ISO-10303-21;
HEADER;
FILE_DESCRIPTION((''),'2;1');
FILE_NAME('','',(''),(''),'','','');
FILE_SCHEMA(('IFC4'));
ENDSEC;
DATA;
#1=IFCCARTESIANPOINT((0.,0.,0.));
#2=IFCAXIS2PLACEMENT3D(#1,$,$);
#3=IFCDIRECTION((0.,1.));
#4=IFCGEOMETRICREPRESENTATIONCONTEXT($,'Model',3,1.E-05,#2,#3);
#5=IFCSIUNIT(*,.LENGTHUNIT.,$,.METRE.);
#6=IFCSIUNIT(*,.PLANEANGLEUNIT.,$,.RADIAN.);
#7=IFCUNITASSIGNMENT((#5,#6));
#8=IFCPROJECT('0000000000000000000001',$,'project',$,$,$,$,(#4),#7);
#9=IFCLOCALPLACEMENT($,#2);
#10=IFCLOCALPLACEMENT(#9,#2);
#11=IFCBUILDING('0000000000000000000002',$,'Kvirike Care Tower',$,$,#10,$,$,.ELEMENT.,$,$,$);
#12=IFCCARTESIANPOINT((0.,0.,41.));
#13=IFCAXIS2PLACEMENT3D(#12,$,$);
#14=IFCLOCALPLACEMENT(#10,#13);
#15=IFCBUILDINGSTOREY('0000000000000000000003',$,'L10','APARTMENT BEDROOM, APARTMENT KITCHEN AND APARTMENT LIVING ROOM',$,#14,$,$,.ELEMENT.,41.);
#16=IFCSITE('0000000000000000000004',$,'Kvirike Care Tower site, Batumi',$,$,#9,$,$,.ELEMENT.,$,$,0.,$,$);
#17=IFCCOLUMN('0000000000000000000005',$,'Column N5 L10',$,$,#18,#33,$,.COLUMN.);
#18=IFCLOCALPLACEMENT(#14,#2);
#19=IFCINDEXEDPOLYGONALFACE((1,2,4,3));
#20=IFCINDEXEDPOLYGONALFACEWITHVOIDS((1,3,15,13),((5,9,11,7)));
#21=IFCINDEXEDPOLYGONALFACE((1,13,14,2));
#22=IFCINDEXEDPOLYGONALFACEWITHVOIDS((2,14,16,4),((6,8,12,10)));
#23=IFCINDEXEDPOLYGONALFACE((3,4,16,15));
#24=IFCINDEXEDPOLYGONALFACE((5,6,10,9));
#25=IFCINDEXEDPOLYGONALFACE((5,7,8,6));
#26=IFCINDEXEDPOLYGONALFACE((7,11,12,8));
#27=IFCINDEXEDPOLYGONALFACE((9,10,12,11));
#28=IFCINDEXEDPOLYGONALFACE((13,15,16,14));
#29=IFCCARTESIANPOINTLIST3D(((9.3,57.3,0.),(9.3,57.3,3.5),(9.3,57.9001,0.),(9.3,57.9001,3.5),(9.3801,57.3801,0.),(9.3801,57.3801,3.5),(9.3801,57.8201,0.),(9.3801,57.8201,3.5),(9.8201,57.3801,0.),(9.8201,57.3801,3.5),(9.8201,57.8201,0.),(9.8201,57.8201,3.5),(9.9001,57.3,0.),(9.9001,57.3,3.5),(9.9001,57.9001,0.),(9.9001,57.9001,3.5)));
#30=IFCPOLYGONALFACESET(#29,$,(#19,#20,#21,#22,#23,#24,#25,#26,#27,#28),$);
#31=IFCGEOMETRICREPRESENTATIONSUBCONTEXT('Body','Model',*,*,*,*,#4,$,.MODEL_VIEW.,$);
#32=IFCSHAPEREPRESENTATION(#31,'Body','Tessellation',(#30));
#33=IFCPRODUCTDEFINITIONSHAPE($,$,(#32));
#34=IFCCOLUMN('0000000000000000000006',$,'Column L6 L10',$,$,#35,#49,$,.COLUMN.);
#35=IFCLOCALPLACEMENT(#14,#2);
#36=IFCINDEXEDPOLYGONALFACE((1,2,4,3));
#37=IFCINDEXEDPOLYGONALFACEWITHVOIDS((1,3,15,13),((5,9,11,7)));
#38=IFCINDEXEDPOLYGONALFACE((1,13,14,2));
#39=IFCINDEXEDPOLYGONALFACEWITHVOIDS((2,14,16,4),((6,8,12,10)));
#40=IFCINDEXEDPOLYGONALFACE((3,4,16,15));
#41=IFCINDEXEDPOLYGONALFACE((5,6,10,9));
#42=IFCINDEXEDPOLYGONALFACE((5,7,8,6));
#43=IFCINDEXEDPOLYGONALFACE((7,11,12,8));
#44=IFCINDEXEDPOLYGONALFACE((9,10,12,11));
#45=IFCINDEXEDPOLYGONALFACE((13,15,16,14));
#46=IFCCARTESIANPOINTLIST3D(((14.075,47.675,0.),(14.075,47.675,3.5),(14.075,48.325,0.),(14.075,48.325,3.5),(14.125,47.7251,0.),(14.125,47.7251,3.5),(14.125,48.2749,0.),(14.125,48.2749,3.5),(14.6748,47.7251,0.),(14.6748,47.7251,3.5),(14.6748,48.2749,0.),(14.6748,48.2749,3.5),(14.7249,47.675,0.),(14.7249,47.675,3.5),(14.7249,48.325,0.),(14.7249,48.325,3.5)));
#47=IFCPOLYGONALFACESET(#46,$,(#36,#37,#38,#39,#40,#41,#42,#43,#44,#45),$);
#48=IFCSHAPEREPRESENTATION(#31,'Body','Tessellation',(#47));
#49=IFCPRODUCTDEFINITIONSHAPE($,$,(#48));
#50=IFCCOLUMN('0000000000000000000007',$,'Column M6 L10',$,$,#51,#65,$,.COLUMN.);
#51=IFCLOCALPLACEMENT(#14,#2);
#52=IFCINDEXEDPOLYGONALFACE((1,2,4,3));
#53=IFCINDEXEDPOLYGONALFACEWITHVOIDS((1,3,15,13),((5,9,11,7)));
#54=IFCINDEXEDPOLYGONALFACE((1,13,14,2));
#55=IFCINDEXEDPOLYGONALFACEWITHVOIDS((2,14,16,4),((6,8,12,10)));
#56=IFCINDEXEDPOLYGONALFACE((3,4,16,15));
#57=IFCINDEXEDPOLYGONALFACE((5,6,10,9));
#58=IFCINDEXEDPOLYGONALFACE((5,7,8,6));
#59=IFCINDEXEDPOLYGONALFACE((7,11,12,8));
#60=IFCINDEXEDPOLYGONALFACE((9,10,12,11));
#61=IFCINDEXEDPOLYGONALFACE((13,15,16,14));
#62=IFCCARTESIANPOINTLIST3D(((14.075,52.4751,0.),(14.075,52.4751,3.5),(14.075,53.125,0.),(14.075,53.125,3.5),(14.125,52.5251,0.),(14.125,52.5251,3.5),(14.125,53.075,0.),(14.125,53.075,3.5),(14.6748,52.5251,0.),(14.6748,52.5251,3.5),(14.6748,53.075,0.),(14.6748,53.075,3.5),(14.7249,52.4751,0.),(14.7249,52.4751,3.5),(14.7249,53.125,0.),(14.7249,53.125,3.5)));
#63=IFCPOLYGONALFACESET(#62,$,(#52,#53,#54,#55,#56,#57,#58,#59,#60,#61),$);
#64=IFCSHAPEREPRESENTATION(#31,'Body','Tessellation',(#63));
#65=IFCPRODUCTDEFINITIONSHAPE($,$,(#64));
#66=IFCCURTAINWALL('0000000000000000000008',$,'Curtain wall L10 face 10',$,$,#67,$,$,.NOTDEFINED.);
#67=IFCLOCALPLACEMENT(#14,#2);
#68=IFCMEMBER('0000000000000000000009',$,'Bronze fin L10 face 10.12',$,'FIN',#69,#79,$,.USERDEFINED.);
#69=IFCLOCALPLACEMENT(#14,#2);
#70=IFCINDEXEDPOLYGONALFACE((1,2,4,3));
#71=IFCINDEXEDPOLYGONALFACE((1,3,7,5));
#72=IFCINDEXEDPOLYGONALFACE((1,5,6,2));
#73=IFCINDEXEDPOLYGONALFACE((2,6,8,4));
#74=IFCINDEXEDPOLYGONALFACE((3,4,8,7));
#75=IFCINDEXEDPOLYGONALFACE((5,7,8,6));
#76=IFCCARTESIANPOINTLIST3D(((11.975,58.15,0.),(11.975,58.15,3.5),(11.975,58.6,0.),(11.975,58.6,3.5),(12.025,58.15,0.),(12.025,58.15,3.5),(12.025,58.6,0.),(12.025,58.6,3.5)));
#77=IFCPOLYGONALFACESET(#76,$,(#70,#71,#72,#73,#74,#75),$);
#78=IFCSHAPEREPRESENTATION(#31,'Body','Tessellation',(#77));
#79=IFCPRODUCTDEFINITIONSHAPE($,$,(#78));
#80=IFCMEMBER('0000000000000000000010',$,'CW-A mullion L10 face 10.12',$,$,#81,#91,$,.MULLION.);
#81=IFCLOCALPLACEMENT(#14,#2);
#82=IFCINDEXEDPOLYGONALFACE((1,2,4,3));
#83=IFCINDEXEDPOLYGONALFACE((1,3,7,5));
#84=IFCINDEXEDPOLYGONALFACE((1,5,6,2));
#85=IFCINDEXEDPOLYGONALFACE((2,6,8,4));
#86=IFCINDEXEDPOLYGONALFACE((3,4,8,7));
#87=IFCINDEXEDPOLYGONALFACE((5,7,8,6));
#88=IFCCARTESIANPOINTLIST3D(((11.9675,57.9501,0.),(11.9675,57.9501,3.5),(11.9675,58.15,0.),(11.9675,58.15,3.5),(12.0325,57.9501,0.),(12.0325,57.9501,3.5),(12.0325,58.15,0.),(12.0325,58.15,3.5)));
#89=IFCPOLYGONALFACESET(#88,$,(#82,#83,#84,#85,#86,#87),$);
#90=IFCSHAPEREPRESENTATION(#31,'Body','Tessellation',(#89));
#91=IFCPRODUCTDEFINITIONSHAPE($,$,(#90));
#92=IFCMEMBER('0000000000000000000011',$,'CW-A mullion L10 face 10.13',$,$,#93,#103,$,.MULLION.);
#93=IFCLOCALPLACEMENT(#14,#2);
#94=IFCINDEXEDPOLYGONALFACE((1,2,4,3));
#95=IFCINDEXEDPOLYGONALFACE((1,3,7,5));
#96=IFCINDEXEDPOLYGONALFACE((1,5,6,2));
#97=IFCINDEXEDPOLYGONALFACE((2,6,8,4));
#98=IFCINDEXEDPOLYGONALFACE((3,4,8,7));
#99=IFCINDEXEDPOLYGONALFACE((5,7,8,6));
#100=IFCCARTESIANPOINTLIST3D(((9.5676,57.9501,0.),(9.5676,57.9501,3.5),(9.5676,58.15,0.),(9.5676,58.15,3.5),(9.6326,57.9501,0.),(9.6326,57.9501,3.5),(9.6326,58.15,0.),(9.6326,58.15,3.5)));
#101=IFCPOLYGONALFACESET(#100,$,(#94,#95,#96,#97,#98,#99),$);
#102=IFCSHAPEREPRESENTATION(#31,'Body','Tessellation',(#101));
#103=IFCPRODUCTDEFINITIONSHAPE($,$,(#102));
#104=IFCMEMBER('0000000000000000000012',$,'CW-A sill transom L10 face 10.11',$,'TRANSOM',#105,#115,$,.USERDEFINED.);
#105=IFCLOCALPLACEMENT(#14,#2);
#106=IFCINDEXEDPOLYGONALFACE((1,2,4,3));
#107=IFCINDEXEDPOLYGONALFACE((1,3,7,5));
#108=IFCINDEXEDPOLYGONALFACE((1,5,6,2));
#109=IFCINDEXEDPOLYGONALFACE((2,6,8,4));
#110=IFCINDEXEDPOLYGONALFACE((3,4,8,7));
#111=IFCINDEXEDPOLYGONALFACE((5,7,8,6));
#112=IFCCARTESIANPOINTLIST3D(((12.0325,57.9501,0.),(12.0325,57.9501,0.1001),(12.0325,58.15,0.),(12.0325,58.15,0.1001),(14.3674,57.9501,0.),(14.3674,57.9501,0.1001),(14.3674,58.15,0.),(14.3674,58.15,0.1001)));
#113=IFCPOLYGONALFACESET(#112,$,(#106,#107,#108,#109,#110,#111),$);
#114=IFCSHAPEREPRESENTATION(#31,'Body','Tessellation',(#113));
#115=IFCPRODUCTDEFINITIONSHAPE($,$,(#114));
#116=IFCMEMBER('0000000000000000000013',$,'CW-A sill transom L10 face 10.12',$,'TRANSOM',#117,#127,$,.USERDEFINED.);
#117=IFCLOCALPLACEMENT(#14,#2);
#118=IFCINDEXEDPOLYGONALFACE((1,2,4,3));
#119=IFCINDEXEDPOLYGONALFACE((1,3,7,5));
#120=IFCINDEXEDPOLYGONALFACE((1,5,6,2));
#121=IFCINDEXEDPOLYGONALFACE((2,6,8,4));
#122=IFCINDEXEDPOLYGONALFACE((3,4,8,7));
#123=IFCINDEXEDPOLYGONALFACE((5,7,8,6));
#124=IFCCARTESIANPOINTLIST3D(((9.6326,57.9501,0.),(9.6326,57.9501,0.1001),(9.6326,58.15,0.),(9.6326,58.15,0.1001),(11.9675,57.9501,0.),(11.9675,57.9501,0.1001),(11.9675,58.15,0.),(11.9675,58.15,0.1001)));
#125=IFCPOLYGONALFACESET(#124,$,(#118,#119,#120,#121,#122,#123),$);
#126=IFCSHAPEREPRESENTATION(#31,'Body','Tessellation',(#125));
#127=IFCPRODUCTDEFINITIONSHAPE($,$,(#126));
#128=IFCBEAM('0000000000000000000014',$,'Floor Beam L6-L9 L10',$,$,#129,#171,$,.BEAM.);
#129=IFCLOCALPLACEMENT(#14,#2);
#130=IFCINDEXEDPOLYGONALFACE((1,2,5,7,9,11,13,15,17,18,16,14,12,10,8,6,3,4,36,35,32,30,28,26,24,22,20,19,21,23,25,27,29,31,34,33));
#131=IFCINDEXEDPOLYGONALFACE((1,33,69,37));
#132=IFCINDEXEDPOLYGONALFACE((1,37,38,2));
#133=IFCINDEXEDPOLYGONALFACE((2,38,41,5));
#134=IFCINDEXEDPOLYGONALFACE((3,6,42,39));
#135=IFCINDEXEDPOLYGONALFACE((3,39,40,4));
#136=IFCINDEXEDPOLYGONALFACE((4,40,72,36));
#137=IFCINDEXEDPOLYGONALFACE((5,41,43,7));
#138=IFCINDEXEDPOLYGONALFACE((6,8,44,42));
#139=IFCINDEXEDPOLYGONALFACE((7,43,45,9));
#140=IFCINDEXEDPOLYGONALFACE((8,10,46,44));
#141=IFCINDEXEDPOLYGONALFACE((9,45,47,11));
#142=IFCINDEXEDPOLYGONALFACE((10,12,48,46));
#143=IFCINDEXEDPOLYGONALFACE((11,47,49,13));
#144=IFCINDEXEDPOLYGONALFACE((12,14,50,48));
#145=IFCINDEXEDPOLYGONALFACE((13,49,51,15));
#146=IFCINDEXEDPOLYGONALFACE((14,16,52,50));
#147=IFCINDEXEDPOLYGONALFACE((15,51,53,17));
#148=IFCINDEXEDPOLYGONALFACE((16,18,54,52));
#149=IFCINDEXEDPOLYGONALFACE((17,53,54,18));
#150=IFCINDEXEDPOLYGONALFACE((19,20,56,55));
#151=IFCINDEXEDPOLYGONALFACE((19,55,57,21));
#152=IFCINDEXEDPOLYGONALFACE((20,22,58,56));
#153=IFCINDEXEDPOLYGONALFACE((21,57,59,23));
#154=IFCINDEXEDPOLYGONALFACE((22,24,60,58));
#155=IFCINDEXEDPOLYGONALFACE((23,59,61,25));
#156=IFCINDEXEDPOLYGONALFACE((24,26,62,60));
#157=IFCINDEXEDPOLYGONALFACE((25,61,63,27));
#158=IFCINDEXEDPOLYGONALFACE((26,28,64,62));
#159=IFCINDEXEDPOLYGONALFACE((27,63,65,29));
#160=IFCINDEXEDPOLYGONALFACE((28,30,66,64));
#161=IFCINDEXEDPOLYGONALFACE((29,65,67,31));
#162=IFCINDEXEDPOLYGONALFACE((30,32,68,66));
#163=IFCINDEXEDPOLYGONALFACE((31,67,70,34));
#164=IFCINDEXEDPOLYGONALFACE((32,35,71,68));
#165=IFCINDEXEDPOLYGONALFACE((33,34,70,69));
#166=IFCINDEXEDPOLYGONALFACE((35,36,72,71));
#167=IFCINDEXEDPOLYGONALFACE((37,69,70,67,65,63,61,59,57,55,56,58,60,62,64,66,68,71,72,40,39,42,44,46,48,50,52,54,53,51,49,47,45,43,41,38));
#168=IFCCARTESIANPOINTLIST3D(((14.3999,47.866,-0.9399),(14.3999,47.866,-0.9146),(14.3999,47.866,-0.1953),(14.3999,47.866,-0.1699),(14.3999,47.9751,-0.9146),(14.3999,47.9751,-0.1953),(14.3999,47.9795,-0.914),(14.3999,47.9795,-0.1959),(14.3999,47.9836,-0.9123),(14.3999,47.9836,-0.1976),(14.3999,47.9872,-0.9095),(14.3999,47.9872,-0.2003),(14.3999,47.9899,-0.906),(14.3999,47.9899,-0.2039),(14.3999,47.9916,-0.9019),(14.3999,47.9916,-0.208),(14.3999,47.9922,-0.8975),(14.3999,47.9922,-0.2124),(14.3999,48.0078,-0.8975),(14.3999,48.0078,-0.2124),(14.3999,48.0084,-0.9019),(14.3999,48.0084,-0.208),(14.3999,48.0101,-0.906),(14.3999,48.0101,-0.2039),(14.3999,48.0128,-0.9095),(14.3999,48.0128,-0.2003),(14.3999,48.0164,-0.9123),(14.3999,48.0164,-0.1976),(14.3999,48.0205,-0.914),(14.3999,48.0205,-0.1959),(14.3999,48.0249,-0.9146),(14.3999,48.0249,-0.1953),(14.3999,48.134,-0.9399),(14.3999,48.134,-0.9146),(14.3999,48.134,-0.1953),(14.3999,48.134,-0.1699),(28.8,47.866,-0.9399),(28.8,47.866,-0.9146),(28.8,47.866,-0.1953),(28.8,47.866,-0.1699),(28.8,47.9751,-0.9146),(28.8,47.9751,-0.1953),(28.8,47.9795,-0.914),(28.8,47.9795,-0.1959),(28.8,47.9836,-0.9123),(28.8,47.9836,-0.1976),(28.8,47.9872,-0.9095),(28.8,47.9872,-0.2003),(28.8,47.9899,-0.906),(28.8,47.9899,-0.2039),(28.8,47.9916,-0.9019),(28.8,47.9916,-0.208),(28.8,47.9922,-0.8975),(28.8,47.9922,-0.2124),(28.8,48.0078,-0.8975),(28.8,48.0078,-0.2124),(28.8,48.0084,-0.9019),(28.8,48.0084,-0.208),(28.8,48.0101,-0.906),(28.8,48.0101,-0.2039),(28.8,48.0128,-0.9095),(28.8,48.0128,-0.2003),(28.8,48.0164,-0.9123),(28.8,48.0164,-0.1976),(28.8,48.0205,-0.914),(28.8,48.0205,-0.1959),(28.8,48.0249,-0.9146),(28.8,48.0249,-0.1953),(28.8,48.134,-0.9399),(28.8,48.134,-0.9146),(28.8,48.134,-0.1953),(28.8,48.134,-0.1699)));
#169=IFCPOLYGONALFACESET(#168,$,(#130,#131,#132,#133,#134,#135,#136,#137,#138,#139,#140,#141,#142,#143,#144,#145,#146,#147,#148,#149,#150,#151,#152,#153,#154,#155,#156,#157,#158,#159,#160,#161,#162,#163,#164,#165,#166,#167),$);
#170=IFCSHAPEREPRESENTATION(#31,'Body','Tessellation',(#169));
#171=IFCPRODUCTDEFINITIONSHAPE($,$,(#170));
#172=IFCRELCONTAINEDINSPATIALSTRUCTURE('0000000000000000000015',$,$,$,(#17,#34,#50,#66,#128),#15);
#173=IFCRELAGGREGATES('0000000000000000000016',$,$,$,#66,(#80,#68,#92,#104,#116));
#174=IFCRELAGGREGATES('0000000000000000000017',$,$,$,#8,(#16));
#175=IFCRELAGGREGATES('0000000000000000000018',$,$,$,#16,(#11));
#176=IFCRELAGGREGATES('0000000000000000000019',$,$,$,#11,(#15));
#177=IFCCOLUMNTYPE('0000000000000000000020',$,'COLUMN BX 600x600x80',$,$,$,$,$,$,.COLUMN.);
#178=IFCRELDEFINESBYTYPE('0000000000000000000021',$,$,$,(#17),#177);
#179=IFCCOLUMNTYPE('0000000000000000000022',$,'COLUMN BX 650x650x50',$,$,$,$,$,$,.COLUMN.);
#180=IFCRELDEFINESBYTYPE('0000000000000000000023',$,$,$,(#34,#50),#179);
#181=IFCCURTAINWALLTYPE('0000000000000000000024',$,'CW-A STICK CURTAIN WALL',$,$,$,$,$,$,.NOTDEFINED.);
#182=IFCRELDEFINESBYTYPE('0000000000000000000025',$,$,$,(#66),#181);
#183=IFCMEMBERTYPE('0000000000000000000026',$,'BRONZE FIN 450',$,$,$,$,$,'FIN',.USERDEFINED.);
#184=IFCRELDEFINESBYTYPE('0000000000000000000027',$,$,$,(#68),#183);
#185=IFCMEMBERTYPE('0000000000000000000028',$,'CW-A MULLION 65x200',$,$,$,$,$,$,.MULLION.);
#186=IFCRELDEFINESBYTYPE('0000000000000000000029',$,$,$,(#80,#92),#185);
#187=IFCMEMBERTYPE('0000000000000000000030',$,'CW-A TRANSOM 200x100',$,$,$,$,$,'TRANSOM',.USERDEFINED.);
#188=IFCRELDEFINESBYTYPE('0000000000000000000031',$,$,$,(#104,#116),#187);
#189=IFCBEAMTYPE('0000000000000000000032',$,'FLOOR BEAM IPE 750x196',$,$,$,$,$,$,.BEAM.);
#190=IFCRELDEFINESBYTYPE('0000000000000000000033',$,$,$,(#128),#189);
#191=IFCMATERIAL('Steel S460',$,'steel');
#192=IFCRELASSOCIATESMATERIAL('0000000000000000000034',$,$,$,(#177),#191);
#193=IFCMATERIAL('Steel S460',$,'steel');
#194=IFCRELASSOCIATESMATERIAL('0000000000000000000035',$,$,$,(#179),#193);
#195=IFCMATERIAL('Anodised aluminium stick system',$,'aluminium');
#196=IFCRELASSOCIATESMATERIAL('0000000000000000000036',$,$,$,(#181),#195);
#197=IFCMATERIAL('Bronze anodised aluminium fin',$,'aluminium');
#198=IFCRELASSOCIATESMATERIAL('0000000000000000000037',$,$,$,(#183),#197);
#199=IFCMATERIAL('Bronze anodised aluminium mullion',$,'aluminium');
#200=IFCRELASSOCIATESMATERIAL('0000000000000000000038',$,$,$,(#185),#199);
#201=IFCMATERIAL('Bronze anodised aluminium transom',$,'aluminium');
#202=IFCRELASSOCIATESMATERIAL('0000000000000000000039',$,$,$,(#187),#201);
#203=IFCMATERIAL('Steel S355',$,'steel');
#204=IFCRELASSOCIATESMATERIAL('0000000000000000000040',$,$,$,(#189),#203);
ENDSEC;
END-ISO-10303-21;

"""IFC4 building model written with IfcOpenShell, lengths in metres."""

from ifc_helpers import new_model, si_unit, direction, frame, origin, origin_2d, place, context, subcontext, project, spatial, rectangle, hollow_rectangle, i_section, extrude, material, material_profile, profile_set, type_object, element, aggregate, save


model = new_model("IFC4")

# Units and contexts
model_context = context("Model", 3, precision=1e-05, world=origin(), true_north=direction((0.0, 1.0)))
body_context = subcontext(model_context, "Body", "Model", "MODEL_VIEW")
ifc_project = project(units=[si_unit("LENGTHUNIT", "METRE"), si_unit("PLANEANGLEUNIT", "RADIAN")], contexts=[model_context])

# Site, building, storey
site_placement = place(None, origin())
site = spatial("IfcSite", under=ifc_project, at=site_placement, Name="Kvirike Care Tower site, Batumi", CompositionType="ELEMENT", RefElevation=0.0)
building_placement = place(site_placement, origin())
building = spatial("IfcBuilding", under=site, at=building_placement, Name="Kvirike Care Tower", CompositionType="ELEMENT")
storey_placement = place(building_placement, frame((0.0, 0.0, 41.0)))
storey = spatial("IfcBuildingStorey", under=building, at=storey_placement, Name="L10", Description="APARTMENT BEDROOM, APARTMENT KITCHEN AND APARTMENT LIVING ROOM", CompositionType="ELEMENT", Elevation=41.0)

# Columns
ifc_material_1 = material(Name="Steel S460", Category="steel")
ifc_material_profile_1 = material_profile(ifc_material_1, hollow_rectangle(XDim=0.6001, YDim=0.6001, WallThickness=0.0801, at=origin_2d()), Name="BX 600x600x80")
ifc_profile_set_1 = profile_set([ifc_material_profile_1], Name="Steel S460")
column_type_1 = type_object("IfcColumnType", Name="COLUMN BX 600x600x80", PredefinedType="COLUMN", material=ifc_profile_set_1)
column_placement = place(storey_placement, frame((9.6001, 57.6001, 0.0), z_axis=(0.0, 0.0, 1.0), x_axis=(0.0, 1.0, 0.0)))
element("IfcColumn", 1, at=column_placement, inside=storey, type_object=column_type_1, Name="Column N5 L10", PredefinedType="COLUMN", context=body_context, shape_type="SweptSolid", body=[
    extrude(hollow_rectangle(XDim=0.6001, YDim=0.6001, WallThickness=0.0801, at=origin_2d()), origin(), (0.0, 0.0, 1.0), 3.5),
])
ifc_material_2 = material(Name="Steel S460", Category="steel")
ifc_material_profile_2 = material_profile(ifc_material_2, hollow_rectangle(XDim=0.6499, YDim=0.6499, WallThickness=0.05, at=origin_2d()), Name="BX 650x650x50")
ifc_profile_set_2 = profile_set([ifc_material_profile_2], Name="Steel S460")
column_type_2 = type_object("IfcColumnType", Name="COLUMN BX 650x650x50", PredefinedType="COLUMN", material=ifc_profile_set_2)
for number, where, z_axis, x_axis, name in (
    (2, (14.3999, 48.0, 0.0), (0.0, 0.0, 1.0), (1.0, 0.0, 0.0), "Column L6 L10"),
    (3, (14.3999, 52.8, 0.0), (0.0, 0.0, 1.0), (1.0, 0.0, 0.0), "Column M6 L10"),
):
    element("IfcColumn", number, at=place(storey_placement, frame(where, z_axis=z_axis, x_axis=x_axis)), inside=storey, type_object=column_type_2, Name=name, PredefinedType="COLUMN", context=body_context, shape_type="SweptSolid", body=[
        extrude(hollow_rectangle(XDim=0.6499, YDim=0.6499, WallThickness=0.05, at=origin_2d()), origin(), (0.0, 0.0, 1.0), 3.5),
    ])

# Curtain wall, members
ifc_material_3 = material(Name="Anodised aluminium stick system", Category="aluminium")
curtain_wall_type = type_object("IfcCurtainWallType", Name="CW-A STICK CURTAIN WALL", PredefinedType="NOTDEFINED", material=ifc_material_3)
curtain_wall_placement = place(storey_placement, origin())
curtain_wall = element("IfcCurtainWall", 4, at=curtain_wall_placement, inside=storey, type_object=curtain_wall_type, Name="Curtain wall L10 face 10", PredefinedType="NOTDEFINED")
ifc_material_4 = material(Name="Bronze anodised aluminium fin", Category="aluminium")
ifc_material_profile_3 = material_profile(ifc_material_4, rectangle(XDim=0.05, YDim=0.45, at=origin_2d()), Name="BRONZE FIN 450")
ifc_profile_set_3 = profile_set([ifc_material_profile_3], Name="Bronze anodised aluminium fin")
member_type_1 = type_object("IfcMemberType", Name="BRONZE FIN 450", ElementType="FIN", PredefinedType="USERDEFINED", material=ifc_profile_set_3)
member_1_placement = place(storey_placement, frame((12.0, 58.375, 0.0), z_axis=(0.0, 0.0, 1.0), x_axis=(-1.0, 0.0, 0.0)))
member_1 = element("IfcMember", 5, at=member_1_placement, type_object=member_type_1, Name="Bronze fin L10 face 10.12", ObjectType="FIN", PredefinedType="USERDEFINED", context=body_context, shape_type="SweptSolid", body=[
    extrude(rectangle(XDim=0.05, YDim=0.45, at=origin_2d()), origin(), (0.0, 0.0, 1.0), 3.5),
])
ifc_material_5 = material(Name="Bronze anodised aluminium mullion", Category="aluminium")
ifc_material_profile_4 = material_profile(ifc_material_5, rectangle(XDim=0.0649, YDim=0.2, at=origin_2d()), Name="CW-A MULLION 65x200")
ifc_profile_set_4 = profile_set([ifc_material_profile_4], Name="Bronze anodised aluminium mullion")
member_type_2 = type_object("IfcMemberType", Name="CW-A MULLION 65x200", PredefinedType="MULLION", material=ifc_profile_set_4)
member_2_placement = place(storey_placement, frame((12.0, 58.05, 0.0), z_axis=(0.0, 0.0, 1.0), x_axis=(-1.0, 0.0, 0.0)))
member_2 = element("IfcMember", 6, at=member_2_placement, type_object=member_type_2, Name="CW-A mullion L10 face 10.12", PredefinedType="MULLION", context=body_context, shape_type="SweptSolid", body=[
    extrude(rectangle(XDim=0.0649, YDim=0.2, at=origin_2d()), origin(), (0.0, 0.0, 1.0), 3.5),
])
member_3_placement = place(storey_placement, frame((9.6001, 58.05, 0.0), z_axis=(0.0, 0.0, 1.0), x_axis=(-1.0, 0.0, 0.0)))
member_3 = element("IfcMember", 7, at=member_3_placement, type_object=member_type_2, Name="CW-A mullion L10 face 10.13", PredefinedType="MULLION", context=body_context, shape_type="SweptSolid", body=[
    extrude(rectangle(XDim=0.0649, YDim=0.2, at=origin_2d()), origin(), (0.0, 0.0, 1.0), 3.5),
])
ifc_material_6 = material(Name="Bronze anodised aluminium transom", Category="aluminium")
ifc_material_profile_5 = material_profile(ifc_material_6, rectangle(XDim=0.2, YDim=0.1001, at=origin_2d()), Name="CW-A TRANSOM 200x100")
ifc_profile_set_5 = profile_set([ifc_material_profile_5], Name="Bronze anodised aluminium transom")
member_type_3 = type_object("IfcMemberType", Name="CW-A TRANSOM 200x100", ElementType="TRANSOM", PredefinedType="USERDEFINED", material=ifc_profile_set_5)
member_4_placement = place(storey_placement, frame((14.3674, 58.05, 0.05), z_axis=(-1.0, 0.0, 0.0), x_axis=(0.0, -1.0, 0.0)))
member_4 = element("IfcMember", 8, at=member_4_placement, type_object=member_type_3, Name="CW-A sill transom L10 face 10.11", ObjectType="TRANSOM", PredefinedType="USERDEFINED", context=body_context, shape_type="SweptSolid", body=[
    extrude(rectangle(XDim=0.2, YDim=0.1001, at=origin_2d()), origin(), (0.0, 0.0, 1.0), 2.335),
])
member_5_placement = place(storey_placement, frame((11.9675, 58.05, 0.05), z_axis=(-1.0, 0.0, 0.0), x_axis=(0.0, -1.0, 0.0)))
member_5 = element("IfcMember", 9, at=member_5_placement, type_object=member_type_3, Name="CW-A sill transom L10 face 10.12", ObjectType="TRANSOM", PredefinedType="USERDEFINED", context=body_context, shape_type="SweptSolid", body=[
    extrude(rectangle(XDim=0.2, YDim=0.1001, at=origin_2d()), origin(), (0.0, 0.0, 1.0), 2.335),
])

# Beam
ifc_material_7 = material(Name="Steel S355", Category="steel")
ifc_material_profile_6 = material_profile(ifc_material_7, i_section(OverallWidth=0.2681, OverallDepth=0.77, WebThickness=0.0156, FlangeThickness=0.0254, FilletRadius=0.0171, at=origin_2d()), Name="IPE 750x196")
ifc_profile_set_6 = profile_set([ifc_material_profile_6], Name="Steel S355")
beam_type_1 = type_object("IfcBeamType", Name="FLOOR BEAM IPE 750x196", PredefinedType="BEAM", material=ifc_profile_set_6)
for number, where, z_axis, x_axis, name in (
    (10, (14.3999, 48.0, -0.5549), (1.0, 0.0, 0.0), (0.0, 1.0, 0.0), "Floor Beam L6-L9 L10"),
):
    element("IfcBeam", number, at=place(storey_placement, frame(where, z_axis=z_axis, x_axis=x_axis)), inside=storey, type_object=beam_type_1, Name=name, PredefinedType="BEAM", context=body_context, shape_type="SweptSolid", body=[
        extrude(i_section(OverallWidth=0.2681, OverallDepth=0.77, WebThickness=0.0156, FlangeThickness=0.0254, FilletRadius=0.0171, at=origin_2d()), origin(), (0.0, 0.0, 1.0), 14.4001),
    ])

aggregate(curtain_wall, [member_2, member_1, member_3, member_4, member_5])

save(model, "model.ifc")
